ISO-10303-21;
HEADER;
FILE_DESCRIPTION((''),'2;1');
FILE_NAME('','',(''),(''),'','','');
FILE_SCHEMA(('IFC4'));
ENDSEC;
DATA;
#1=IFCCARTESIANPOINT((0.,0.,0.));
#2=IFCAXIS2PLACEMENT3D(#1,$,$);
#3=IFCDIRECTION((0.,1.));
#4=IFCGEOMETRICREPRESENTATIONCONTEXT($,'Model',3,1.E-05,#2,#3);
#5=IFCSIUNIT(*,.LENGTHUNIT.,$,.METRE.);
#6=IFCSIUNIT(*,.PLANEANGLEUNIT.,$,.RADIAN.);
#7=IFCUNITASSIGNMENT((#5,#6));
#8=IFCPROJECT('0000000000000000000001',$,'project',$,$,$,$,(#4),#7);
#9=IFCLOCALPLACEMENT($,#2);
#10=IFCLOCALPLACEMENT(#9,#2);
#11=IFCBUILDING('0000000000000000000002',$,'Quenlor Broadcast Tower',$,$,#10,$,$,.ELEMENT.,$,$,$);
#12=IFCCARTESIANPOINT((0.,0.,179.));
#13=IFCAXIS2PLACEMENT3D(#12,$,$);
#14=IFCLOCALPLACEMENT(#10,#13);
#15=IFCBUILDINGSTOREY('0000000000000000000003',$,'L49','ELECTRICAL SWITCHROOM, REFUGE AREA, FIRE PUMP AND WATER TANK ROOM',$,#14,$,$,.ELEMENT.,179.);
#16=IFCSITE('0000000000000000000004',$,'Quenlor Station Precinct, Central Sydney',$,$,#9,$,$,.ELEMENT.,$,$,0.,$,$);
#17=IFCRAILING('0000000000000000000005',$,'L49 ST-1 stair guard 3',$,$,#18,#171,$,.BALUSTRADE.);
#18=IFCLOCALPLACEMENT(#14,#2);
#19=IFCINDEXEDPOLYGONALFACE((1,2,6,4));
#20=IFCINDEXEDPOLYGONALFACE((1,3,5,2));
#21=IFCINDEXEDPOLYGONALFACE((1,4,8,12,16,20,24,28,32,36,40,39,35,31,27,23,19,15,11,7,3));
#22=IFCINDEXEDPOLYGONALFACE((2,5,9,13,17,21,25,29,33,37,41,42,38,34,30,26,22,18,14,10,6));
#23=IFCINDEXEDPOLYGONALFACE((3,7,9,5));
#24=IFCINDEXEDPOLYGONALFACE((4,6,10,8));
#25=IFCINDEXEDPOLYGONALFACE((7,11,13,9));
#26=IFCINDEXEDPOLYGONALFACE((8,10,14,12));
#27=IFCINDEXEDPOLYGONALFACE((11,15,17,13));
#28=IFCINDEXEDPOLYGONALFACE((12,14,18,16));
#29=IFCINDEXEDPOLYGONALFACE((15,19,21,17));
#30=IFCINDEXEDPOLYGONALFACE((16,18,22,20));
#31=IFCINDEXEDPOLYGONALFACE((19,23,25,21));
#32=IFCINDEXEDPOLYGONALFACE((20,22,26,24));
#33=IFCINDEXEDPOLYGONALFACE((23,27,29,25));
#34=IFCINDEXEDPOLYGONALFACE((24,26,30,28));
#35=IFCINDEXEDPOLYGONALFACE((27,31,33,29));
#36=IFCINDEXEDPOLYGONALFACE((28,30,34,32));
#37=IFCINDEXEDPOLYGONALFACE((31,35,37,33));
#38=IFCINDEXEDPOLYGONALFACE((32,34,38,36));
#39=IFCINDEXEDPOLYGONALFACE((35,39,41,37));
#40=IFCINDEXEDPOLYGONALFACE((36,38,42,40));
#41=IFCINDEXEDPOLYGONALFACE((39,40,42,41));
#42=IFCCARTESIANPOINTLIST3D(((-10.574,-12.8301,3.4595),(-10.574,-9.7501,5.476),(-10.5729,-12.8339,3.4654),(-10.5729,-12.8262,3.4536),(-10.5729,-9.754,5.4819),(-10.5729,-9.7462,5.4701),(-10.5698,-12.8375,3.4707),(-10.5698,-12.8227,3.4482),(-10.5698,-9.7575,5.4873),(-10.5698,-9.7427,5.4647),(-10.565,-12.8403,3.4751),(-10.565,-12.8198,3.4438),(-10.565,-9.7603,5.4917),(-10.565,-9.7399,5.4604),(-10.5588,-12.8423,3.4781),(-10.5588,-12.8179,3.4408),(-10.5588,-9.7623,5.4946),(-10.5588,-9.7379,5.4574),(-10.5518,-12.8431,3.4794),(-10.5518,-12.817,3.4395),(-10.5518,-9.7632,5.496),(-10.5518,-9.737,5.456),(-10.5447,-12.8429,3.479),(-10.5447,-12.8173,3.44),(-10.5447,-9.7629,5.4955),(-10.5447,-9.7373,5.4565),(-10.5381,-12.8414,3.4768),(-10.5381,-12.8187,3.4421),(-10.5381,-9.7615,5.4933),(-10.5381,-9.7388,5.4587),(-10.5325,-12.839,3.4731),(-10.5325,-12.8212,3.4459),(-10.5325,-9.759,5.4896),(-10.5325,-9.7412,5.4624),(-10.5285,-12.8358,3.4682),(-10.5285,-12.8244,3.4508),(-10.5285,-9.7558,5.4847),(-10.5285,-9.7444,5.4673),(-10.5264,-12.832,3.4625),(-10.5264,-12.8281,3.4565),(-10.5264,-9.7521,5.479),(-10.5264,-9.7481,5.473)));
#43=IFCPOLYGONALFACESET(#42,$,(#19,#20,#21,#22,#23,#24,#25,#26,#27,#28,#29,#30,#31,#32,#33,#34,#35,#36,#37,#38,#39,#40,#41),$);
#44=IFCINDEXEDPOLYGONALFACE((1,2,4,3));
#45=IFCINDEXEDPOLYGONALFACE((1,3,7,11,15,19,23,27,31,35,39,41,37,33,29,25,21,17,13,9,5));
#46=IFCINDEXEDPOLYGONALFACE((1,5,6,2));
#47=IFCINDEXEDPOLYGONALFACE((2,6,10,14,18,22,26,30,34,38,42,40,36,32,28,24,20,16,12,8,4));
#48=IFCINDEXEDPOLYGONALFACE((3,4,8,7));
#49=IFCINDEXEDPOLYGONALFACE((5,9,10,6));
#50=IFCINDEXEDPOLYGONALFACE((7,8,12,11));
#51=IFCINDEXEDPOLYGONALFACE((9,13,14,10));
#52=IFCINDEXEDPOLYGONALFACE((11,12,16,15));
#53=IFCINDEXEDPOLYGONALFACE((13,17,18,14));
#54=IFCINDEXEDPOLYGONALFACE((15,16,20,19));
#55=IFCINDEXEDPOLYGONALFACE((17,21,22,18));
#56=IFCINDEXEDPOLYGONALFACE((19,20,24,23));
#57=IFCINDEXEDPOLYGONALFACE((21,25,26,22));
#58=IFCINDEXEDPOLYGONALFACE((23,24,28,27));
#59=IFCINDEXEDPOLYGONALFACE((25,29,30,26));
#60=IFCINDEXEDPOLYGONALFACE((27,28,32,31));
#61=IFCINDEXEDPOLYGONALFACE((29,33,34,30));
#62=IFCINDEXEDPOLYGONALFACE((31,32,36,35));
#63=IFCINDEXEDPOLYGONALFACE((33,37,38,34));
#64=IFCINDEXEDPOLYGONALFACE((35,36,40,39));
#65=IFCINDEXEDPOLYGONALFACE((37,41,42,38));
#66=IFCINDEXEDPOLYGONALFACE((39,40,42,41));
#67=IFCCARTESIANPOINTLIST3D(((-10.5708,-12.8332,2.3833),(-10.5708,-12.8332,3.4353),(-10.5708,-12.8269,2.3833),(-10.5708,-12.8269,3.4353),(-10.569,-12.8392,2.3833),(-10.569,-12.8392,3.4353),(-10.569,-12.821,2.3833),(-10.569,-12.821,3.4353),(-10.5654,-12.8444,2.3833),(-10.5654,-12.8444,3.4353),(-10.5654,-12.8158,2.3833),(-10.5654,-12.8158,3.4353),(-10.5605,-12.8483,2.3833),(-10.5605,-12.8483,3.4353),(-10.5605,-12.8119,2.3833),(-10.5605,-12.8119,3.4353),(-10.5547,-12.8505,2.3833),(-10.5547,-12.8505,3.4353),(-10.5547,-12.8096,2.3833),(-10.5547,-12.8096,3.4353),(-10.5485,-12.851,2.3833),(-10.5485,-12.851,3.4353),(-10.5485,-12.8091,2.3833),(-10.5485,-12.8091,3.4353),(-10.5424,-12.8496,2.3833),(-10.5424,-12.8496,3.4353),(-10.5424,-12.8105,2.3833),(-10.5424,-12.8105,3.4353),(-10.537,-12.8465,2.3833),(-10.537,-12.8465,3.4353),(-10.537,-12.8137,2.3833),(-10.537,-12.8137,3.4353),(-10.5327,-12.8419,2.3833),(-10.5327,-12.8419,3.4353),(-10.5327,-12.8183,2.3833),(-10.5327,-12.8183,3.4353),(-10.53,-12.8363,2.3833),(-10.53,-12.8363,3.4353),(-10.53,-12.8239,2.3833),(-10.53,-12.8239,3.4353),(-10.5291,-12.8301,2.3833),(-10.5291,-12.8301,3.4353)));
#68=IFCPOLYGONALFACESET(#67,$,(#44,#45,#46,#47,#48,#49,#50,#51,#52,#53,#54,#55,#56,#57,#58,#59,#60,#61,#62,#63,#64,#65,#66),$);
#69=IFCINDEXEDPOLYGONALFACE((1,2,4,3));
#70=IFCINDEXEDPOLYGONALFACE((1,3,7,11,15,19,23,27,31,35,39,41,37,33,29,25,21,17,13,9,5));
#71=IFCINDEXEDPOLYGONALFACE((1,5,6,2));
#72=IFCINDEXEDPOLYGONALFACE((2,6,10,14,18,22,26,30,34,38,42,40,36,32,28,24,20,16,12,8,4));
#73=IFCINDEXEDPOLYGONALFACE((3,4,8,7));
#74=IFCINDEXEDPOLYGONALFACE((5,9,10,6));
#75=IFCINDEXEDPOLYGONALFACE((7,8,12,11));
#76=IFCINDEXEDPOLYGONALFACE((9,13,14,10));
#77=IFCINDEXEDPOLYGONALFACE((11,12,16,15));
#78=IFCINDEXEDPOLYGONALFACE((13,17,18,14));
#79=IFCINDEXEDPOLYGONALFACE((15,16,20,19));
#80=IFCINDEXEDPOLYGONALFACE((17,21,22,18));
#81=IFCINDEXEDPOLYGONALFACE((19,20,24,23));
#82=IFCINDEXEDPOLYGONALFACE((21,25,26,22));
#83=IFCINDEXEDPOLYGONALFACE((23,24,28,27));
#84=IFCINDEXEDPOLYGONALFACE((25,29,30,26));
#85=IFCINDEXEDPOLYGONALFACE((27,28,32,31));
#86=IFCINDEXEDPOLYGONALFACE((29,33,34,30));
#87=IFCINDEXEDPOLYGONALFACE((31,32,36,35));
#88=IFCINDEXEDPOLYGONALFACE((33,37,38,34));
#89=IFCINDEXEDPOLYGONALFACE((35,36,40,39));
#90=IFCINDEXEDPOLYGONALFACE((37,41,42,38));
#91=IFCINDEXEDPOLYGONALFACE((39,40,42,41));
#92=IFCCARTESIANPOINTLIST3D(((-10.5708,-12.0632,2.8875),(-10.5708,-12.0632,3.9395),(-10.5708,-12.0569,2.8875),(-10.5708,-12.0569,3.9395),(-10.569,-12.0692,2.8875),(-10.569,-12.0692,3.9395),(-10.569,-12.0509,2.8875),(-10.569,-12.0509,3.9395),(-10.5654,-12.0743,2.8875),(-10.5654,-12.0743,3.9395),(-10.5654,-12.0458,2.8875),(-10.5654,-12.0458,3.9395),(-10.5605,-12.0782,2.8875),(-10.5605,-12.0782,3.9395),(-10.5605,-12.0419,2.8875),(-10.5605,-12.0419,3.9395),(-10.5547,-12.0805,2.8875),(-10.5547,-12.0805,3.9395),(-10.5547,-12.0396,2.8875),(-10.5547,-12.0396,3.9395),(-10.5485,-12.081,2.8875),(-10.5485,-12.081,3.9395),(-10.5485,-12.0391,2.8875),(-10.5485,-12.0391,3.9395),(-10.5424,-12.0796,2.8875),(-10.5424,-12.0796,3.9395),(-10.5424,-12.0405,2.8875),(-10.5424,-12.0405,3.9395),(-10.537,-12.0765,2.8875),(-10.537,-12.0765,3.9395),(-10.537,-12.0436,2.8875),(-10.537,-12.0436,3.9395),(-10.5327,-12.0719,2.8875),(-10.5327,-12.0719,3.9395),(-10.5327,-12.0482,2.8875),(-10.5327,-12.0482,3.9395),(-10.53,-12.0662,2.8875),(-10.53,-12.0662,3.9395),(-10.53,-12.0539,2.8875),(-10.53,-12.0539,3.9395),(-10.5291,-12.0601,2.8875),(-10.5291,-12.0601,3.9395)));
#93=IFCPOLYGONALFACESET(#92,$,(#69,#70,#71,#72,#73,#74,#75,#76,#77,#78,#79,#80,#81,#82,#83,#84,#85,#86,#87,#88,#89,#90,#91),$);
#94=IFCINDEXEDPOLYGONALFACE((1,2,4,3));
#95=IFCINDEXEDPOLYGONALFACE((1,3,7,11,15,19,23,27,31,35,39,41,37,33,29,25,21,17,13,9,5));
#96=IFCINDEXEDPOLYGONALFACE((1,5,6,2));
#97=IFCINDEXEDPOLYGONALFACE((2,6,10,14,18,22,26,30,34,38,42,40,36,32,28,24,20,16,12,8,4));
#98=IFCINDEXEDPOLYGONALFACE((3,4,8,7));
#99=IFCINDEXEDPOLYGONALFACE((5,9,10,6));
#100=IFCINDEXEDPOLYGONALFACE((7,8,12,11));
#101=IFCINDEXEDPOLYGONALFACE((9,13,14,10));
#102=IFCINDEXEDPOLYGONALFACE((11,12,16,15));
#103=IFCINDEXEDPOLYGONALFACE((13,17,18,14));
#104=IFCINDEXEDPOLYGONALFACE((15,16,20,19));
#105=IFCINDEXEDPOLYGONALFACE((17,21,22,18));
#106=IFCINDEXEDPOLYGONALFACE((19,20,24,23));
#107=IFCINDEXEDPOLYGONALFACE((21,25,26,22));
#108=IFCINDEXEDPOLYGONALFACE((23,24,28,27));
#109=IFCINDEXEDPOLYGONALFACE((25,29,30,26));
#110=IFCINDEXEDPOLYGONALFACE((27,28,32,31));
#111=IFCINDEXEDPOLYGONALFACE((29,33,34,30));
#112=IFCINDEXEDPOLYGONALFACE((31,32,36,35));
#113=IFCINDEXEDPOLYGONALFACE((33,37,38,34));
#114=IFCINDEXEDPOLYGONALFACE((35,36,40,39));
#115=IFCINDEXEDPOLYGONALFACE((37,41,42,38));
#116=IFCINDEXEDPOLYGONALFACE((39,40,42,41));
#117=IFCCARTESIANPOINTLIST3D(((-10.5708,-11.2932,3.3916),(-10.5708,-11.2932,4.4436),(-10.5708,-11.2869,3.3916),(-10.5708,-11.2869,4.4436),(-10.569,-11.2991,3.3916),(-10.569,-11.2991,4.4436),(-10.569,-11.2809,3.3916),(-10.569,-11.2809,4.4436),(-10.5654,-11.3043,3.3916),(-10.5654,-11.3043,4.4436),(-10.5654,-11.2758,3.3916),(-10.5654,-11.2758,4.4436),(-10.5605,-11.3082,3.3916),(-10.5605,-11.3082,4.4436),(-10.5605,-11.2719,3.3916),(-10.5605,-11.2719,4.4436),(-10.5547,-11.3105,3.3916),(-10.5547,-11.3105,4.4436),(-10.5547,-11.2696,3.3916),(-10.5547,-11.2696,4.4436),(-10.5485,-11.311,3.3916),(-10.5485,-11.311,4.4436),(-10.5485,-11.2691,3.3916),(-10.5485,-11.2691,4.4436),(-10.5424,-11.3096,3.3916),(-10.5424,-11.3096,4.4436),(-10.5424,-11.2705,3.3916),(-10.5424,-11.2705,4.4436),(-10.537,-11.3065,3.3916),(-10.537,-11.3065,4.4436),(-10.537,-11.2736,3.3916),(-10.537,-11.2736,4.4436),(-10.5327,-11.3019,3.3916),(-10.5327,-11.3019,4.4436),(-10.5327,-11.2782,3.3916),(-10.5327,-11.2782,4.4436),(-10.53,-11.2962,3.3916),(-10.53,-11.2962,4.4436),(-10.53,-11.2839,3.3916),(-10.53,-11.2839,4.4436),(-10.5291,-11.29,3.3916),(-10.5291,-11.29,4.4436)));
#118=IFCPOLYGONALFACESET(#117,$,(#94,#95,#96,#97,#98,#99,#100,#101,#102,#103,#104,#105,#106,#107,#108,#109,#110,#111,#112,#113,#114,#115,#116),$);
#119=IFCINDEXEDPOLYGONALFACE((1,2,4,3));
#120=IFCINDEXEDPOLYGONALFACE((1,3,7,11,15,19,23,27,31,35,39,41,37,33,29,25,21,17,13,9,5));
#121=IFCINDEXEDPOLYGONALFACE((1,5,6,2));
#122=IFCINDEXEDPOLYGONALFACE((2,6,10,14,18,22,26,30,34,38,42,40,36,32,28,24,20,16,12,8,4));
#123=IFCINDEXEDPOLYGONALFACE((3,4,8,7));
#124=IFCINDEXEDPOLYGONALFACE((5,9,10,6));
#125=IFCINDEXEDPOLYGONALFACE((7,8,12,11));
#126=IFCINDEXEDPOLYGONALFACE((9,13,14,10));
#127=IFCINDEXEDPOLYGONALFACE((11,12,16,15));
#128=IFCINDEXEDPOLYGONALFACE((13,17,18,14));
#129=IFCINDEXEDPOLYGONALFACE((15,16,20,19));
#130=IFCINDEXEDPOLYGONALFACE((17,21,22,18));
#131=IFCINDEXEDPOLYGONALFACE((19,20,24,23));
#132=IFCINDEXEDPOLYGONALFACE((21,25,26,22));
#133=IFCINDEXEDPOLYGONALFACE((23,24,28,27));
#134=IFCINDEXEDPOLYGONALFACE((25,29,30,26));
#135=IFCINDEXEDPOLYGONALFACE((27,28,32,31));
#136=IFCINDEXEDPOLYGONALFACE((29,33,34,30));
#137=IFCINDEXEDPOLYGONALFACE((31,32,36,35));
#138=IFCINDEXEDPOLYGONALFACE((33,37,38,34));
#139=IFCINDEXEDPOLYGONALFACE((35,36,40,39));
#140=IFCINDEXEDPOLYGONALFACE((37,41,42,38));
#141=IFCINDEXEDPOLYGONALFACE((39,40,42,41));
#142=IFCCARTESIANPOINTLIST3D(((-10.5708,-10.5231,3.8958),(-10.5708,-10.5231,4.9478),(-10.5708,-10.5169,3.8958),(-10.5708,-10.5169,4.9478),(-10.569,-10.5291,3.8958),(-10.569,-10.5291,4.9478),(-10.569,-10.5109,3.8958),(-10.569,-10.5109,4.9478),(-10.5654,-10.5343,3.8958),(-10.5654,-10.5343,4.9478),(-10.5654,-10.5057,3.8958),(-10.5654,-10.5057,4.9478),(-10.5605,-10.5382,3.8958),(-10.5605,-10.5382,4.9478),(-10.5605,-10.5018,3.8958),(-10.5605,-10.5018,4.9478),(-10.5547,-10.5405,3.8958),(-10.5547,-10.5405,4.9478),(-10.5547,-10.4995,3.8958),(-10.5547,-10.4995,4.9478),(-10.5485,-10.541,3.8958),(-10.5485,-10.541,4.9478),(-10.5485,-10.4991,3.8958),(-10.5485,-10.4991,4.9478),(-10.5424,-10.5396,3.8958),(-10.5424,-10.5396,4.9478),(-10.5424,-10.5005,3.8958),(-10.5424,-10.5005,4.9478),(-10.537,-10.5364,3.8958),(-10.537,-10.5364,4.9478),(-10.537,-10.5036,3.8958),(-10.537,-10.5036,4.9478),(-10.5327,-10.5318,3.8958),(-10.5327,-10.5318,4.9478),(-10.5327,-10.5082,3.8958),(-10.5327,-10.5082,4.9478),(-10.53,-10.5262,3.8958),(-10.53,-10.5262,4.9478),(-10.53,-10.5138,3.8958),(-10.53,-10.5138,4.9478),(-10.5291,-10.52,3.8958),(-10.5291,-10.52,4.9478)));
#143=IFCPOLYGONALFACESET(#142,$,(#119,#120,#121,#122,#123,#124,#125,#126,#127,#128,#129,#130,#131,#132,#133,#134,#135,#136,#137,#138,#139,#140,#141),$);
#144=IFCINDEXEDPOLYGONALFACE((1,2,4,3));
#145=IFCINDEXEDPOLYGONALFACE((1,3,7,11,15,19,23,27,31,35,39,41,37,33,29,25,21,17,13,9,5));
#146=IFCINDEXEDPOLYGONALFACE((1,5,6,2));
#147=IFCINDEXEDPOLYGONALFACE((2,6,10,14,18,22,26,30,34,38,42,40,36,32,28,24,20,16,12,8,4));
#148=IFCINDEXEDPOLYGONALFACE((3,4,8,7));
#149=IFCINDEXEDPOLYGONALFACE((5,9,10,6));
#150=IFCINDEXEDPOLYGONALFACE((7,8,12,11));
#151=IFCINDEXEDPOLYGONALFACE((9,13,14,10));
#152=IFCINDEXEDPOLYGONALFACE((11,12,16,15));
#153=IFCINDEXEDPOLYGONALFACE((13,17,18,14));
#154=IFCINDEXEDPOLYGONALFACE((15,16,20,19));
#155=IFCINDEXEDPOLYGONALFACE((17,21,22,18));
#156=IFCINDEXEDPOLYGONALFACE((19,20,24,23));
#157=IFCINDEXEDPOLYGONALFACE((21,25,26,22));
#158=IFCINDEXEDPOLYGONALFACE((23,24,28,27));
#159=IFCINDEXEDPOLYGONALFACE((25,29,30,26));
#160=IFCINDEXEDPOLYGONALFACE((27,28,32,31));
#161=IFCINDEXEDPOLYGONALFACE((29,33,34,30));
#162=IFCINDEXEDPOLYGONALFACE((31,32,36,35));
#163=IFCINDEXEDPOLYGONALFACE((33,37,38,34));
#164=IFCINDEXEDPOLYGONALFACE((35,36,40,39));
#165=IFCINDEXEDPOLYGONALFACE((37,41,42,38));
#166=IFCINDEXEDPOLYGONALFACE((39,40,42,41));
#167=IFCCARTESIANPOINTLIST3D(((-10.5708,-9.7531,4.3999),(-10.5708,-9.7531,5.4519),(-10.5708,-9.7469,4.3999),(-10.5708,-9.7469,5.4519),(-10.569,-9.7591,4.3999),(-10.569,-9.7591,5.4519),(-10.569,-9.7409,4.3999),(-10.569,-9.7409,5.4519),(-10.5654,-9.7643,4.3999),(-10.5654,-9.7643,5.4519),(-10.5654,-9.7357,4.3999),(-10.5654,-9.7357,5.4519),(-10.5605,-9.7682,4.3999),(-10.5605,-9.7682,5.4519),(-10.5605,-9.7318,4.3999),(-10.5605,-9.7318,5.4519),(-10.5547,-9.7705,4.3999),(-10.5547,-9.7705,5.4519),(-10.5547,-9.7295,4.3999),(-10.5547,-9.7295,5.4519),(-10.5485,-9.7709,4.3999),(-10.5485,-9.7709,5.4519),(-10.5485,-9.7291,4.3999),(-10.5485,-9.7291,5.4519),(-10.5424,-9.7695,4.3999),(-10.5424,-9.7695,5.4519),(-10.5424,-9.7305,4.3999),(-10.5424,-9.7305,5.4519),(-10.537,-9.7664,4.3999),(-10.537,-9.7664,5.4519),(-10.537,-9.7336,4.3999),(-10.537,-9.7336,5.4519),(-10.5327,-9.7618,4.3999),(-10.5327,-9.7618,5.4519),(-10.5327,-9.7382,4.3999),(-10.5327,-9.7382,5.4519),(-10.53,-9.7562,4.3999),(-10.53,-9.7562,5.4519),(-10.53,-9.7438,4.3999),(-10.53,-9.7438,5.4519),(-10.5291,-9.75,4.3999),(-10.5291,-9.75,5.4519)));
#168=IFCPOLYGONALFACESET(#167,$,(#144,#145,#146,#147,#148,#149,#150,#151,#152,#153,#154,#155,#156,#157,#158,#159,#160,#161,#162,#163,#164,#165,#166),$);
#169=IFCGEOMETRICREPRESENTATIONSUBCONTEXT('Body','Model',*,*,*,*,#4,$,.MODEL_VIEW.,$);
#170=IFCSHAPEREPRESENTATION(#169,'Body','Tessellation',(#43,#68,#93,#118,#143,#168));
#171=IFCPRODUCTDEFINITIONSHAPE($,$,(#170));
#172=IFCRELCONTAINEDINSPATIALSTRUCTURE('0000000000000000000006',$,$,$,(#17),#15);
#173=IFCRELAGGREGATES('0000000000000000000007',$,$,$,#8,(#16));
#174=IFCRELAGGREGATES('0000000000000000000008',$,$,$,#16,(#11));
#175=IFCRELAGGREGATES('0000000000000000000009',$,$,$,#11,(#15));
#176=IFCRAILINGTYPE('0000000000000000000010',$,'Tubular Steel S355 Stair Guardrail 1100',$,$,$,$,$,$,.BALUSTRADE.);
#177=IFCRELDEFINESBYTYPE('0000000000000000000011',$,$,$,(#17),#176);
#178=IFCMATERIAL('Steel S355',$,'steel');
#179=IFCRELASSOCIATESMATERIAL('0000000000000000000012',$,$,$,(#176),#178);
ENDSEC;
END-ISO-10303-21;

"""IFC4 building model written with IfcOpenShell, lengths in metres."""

from ifc_helpers import new_model, si_unit, direction, frame, origin, origin_2d, place, context, subcontext, project, spatial, circle, extrude, material, type_object, element, save


model = new_model("IFC4")

# Units and contexts
model_context = context("Model", 3, precision=1e-05, world=origin(), true_north=direction((0.0, 1.0)))
body_context = subcontext(model_context, "Body", "Model", "MODEL_VIEW")
ifc_project = project(units=[si_unit("LENGTHUNIT", "METRE"), si_unit("PLANEANGLEUNIT", "RADIAN")], contexts=[model_context])

# Site, building, storey
site_placement = place(None, origin())
site = spatial("IfcSite", under=ifc_project, at=site_placement, Name="Quenlor Station Precinct, Central Sydney", CompositionType="ELEMENT", RefElevation=0.0)
building_placement = place(site_placement, origin())
building = spatial("IfcBuilding", under=site, at=building_placement, Name="Quenlor Broadcast Tower", CompositionType="ELEMENT")
storey_placement = place(building_placement, frame((0.0, 0.0, 179.0)))
storey = spatial("IfcBuildingStorey", under=building, at=storey_placement, Name="L49", Description="ELECTRICAL SWITCHROOM, REFUGE AREA, FIRE PUMP AND WATER TANK ROOM", CompositionType="ELEMENT", Elevation=179.0)

# Railing
ifc_material_1 = material(Name="Steel S355", Category="steel")
railing_type_1 = type_object("IfcRailingType", Name="Tubular Steel S355 Stair Guardrail 1100", PredefinedType="BALUSTRADE", material=ifc_material_1)
railing_1_placement = place(storey_placement, frame((-10.55, -12.8301, 2.3833)))
element("IfcRailing", 1, at=railing_1_placement, inside=storey, type_object=railing_type_1, Name="L49 ST-1 stair guard 3", PredefinedType="BALUSTRADE", context=body_context, shape_type="SweptSolid", body=[
    extrude(circle(Radius=0.0239, at=origin_2d()), frame((0.0, 0.0, 1.0762), z_axis=(0.0, 0.836633, 0.547764), x_axis=(-1.0, 0.0, 0.0)), (0.0, 0.0, 1.0), 3.6814),
    extrude(circle(Radius=0.021, at=origin_2d()), origin(), (0.0, 0.0, 1.0), 1.052),
    extrude(circle(Radius=0.021, at=origin_2d()), frame((0.0, 0.77, 0.5042)), (0.0, 0.0, 1.0), 1.052),
    extrude(circle(Radius=0.021, at=origin_2d()), frame((0.0, 1.54, 1.0083)), (0.0, 0.0, 1.0), 1.052),
    extrude(circle(Radius=0.021, at=origin_2d()), frame((0.0, 2.3101, 1.5125)), (0.0, 0.0, 1.0), 1.052),
    extrude(circle(Radius=0.021, at=origin_2d()), frame((0.0, 3.0801, 2.0166)), (0.0, 0.0, 1.0), 1.052),
])

save(model, "model.ifc")
